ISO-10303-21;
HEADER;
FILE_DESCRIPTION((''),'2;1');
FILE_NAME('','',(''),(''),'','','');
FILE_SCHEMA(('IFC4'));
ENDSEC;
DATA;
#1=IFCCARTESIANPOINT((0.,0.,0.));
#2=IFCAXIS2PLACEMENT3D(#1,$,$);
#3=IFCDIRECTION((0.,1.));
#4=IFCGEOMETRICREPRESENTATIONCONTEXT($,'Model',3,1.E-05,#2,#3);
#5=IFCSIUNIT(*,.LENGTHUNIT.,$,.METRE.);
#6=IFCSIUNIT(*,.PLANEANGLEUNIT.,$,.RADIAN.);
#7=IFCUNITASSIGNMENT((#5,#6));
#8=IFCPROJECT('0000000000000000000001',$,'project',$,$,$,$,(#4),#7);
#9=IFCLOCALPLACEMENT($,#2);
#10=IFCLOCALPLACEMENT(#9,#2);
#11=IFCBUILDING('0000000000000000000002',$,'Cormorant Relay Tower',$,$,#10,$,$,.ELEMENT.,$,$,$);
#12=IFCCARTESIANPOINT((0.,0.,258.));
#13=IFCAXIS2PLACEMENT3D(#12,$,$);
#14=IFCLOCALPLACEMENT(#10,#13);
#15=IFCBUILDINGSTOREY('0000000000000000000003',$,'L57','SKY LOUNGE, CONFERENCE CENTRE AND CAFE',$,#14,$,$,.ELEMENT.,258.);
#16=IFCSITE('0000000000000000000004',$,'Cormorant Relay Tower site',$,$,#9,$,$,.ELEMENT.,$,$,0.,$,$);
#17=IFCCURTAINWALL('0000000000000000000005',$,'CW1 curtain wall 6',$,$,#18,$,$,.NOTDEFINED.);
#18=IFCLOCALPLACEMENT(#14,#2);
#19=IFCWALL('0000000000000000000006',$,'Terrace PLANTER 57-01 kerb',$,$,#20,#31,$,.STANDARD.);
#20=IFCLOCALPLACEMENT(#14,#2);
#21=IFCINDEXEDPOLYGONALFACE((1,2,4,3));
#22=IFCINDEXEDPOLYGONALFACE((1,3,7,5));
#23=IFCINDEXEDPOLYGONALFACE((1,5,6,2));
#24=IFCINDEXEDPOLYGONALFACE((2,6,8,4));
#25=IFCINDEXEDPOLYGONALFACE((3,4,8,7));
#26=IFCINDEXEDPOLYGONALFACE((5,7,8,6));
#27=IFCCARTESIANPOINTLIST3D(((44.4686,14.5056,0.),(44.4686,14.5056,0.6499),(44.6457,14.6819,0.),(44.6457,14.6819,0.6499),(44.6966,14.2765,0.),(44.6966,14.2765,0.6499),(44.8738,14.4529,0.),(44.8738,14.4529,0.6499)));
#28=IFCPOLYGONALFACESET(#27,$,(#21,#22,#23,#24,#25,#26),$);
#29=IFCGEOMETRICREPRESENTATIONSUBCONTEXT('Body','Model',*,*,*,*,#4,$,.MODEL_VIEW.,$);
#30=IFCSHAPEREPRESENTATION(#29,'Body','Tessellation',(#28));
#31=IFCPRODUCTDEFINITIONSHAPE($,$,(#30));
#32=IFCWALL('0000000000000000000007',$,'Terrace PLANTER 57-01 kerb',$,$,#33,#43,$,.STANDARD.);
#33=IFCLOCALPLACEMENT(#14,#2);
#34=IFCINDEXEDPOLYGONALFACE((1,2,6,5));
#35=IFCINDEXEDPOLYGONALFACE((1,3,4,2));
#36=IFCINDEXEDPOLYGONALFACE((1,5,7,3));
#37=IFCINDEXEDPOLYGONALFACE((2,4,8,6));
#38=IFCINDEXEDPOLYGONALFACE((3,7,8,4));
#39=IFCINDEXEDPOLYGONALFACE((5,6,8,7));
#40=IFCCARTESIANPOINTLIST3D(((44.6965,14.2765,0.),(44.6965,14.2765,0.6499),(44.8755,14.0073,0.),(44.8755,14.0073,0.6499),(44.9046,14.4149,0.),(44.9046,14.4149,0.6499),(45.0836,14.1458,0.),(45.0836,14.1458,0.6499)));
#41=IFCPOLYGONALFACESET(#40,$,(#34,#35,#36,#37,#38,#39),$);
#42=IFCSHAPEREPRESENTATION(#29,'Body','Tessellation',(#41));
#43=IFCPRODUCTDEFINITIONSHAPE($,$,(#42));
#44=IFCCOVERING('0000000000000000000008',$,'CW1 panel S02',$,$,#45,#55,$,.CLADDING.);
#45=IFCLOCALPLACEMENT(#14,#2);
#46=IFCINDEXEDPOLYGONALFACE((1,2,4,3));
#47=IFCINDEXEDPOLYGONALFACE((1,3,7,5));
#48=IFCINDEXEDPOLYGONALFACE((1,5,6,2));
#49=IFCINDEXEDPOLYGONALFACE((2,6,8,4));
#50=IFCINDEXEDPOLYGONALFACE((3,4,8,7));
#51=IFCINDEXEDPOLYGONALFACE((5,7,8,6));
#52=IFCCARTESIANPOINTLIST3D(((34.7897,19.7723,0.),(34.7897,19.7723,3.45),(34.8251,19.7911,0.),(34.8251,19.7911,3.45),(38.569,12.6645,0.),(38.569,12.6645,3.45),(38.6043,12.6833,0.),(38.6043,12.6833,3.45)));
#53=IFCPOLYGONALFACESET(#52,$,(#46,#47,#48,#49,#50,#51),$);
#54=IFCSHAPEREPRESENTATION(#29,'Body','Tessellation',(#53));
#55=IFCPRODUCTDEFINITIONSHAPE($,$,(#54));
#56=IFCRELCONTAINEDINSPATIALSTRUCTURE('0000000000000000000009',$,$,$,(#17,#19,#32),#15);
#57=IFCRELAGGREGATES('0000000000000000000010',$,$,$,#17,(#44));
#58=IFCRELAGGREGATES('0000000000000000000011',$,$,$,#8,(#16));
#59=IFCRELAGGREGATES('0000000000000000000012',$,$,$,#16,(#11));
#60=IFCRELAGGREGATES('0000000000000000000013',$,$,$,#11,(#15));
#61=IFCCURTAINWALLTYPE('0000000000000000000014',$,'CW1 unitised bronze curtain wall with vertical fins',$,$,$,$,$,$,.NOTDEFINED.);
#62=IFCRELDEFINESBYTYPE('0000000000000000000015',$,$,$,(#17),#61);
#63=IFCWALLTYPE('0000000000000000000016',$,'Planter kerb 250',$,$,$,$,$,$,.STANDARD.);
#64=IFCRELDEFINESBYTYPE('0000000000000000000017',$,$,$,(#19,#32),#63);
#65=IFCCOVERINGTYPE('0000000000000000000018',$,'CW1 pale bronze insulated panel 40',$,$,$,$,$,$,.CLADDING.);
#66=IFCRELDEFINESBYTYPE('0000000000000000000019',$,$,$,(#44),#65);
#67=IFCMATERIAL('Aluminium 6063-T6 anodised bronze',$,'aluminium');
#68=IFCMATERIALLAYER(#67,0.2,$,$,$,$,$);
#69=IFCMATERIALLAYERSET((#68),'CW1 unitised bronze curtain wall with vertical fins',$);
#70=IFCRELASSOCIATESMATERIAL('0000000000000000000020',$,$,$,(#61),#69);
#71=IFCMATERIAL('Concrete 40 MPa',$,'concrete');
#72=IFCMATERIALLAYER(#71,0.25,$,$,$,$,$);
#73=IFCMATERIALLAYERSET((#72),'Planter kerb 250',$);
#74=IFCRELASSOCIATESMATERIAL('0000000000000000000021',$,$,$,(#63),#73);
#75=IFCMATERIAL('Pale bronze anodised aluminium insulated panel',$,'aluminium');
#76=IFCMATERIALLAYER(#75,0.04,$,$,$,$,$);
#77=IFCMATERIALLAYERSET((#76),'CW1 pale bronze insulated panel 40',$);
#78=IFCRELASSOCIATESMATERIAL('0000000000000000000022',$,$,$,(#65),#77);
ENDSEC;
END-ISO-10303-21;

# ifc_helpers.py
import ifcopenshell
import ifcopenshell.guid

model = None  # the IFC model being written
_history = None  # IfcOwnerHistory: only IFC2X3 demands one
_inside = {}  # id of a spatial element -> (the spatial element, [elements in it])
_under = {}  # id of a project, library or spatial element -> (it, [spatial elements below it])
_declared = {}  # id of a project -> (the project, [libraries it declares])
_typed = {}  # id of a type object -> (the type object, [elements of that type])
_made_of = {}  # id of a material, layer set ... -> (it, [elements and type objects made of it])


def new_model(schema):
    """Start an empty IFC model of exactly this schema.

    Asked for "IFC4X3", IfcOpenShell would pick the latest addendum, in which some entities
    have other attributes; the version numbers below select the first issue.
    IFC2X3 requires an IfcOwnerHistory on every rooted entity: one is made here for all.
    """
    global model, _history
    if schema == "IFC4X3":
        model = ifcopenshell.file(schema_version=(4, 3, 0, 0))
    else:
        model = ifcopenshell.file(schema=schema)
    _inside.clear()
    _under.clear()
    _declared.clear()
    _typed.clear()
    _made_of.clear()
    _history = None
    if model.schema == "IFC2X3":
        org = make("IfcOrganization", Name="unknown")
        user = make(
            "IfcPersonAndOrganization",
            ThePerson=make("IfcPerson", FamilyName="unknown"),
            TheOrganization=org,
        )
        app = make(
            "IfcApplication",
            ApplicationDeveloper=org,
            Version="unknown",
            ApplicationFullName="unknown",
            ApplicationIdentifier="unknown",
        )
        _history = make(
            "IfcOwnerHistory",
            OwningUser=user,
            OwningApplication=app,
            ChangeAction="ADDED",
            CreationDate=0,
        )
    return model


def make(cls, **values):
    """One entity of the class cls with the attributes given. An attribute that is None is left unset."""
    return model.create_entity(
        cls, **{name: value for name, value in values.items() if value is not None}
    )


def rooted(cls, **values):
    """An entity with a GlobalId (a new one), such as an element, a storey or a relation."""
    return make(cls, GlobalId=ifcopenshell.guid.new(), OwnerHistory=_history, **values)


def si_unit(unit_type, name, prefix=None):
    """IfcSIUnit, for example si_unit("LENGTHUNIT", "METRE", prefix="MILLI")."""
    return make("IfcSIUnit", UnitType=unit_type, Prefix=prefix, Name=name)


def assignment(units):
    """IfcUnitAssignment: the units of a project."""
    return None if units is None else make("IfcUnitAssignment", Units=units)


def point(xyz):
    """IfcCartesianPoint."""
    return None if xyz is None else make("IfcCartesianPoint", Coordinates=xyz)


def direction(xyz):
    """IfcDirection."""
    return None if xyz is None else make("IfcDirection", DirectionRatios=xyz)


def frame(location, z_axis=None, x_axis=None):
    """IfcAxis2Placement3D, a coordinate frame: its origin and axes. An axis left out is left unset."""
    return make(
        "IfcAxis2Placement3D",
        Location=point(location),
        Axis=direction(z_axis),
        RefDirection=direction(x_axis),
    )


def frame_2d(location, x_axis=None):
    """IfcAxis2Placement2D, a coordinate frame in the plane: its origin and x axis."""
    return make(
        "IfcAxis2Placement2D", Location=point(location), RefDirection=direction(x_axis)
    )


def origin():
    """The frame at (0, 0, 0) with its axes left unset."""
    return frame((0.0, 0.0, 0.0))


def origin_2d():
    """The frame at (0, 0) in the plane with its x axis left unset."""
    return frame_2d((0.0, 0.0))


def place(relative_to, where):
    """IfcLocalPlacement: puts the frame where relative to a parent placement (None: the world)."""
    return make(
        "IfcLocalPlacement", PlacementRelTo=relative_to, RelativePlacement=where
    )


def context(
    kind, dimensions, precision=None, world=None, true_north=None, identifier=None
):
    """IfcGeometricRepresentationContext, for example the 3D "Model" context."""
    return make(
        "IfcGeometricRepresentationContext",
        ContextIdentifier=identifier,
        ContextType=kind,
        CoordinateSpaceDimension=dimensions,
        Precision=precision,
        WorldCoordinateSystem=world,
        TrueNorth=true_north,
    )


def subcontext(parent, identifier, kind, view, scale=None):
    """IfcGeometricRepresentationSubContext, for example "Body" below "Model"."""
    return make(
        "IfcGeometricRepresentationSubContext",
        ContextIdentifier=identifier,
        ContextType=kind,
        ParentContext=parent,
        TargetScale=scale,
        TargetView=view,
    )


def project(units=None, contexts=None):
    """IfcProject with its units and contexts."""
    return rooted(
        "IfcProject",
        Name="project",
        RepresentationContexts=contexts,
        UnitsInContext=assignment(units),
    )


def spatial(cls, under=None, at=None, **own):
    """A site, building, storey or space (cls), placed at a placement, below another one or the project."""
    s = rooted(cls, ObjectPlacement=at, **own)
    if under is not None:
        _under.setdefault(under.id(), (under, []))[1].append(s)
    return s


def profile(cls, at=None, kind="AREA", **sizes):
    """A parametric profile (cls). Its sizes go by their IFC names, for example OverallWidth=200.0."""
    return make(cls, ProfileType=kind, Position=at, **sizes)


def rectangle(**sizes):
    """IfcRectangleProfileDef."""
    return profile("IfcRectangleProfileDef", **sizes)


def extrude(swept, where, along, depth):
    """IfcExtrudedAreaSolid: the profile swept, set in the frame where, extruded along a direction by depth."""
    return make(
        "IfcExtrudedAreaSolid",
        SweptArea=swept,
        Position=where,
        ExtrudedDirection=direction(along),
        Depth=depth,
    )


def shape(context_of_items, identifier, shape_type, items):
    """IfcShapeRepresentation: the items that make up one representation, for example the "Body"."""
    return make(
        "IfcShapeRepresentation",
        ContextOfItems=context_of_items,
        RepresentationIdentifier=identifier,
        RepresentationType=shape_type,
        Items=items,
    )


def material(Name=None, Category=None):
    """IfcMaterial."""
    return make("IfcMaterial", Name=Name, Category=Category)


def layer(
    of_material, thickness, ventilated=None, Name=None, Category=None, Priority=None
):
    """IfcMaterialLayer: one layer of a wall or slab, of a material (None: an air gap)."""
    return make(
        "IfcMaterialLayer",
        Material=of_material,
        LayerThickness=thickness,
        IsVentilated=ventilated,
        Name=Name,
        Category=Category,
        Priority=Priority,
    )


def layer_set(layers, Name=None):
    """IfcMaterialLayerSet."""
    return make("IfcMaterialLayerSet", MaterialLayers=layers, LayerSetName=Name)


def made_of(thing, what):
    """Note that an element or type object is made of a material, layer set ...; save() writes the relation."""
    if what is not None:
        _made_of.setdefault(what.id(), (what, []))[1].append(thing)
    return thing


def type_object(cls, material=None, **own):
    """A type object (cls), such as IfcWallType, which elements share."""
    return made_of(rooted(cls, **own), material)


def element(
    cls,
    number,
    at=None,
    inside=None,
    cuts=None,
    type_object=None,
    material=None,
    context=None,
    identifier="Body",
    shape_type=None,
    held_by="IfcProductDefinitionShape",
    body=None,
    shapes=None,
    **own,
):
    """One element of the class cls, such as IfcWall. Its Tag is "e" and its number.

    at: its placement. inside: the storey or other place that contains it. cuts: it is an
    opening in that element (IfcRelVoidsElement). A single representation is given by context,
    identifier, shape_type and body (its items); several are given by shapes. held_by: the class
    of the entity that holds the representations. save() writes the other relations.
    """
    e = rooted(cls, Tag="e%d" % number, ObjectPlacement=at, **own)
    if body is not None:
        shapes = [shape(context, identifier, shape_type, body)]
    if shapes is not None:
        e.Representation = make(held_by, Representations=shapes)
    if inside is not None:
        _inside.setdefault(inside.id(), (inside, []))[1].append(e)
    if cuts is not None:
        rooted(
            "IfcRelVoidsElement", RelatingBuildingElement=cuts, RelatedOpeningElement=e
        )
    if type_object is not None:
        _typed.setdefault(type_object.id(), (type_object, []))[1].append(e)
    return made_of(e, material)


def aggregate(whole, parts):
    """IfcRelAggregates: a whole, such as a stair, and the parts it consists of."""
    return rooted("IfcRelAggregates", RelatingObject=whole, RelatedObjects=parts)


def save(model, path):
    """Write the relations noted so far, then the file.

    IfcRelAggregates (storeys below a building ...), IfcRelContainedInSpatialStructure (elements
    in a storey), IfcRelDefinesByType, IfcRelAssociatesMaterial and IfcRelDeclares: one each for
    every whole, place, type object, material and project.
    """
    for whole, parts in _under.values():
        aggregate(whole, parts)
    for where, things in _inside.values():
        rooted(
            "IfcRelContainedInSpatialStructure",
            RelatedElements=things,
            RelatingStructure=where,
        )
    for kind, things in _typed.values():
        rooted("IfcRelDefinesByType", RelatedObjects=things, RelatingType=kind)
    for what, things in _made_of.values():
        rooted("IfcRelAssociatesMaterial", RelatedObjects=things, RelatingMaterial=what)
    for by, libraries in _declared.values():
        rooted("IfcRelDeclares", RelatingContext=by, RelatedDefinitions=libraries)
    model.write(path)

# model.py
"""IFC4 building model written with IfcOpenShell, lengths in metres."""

from ifc_helpers import new_model, si_unit, direction, frame, frame_2d, origin, origin_2d, place, context, subcontext, project, spatial, rectangle, extrude, material, layer, layer_set, type_object, element, aggregate, save


model = new_model("IFC4")

# Units and contexts
model_context = context("Model", 3, precision=1e-05, world=origin(), true_north=direction((0.0, 1.0)))
body_context = subcontext(model_context, "Body", "Model", "MODEL_VIEW")
ifc_project = project(units=[si_unit("LENGTHUNIT", "METRE"), si_unit("PLANEANGLEUNIT", "RADIAN")], contexts=[model_context])

# Site, building, storey
site_placement = place(None, origin())
site = spatial("IfcSite", under=ifc_project, at=site_placement, Name="Cormorant Relay Tower site", CompositionType="ELEMENT", RefElevation=0.0)
building_placement = place(site_placement, origin())
building = spatial("IfcBuilding", under=site, at=building_placement, Name="Cormorant Relay Tower", CompositionType="ELEMENT")
storey_placement = place(building_placement, frame((0.0, 0.0, 258.0)))
storey = spatial("IfcBuildingStorey", under=building, at=storey_placement, Name="L57", Description="SKY LOUNGE, CONFERENCE CENTRE AND CAFE", CompositionType="ELEMENT", Elevation=258.0)

# Curtain wall
ifc_material_1 = material(Name="Aluminium 6063-T6 anodised bronze", Category="aluminium")
ifc_layer_1 = layer(ifc_material_1, 0.2)
ifc_layer_set_1 = layer_set([ifc_layer_1], Name="CW1 unitised bronze curtain wall with vertical fins")
curtain_wall_type = type_object("IfcCurtainWallType", Name="CW1 unitised bronze curtain wall with vertical fins", PredefinedType="NOTDEFINED", material=ifc_layer_set_1)
curtain_wall_placement = place(storey_placement, origin())
curtain_wall = element("IfcCurtainWall", 1, at=curtain_wall_placement, inside=storey, type_object=curtain_wall_type, Name="CW1 curtain wall 6", PredefinedType="NOTDEFINED")

# Walls
ifc_material_2 = material(Name="Concrete 40 MPa", Category="concrete")
ifc_layer_2 = layer(ifc_material_2, 0.25)
ifc_layer_set_2 = layer_set([ifc_layer_2], Name="Planter kerb 250")
wall_type_1 = type_object("IfcWallType", Name="Planter kerb 250", PredefinedType="STANDARD", material=ifc_layer_set_2)
for number, where, z_axis, x_axis, name in (
    (2, (44.5571, 14.5938, 0.0), (0.0, 0.0, 1.0), (0.705594, -0.708616, 0.0), "Terrace PLANTER 57-01 kerb"),
    (3, (44.8005, 14.3457, 0.0), (0.0, 0.0, 1.0), (0.553828, -0.832631, 0.0), "Terrace PLANTER 57-01 kerb"),
):
    element("IfcWall", number, at=place(storey_placement, frame(where, z_axis=z_axis, x_axis=x_axis)), inside=storey, type_object=wall_type_1, Name=name, PredefinedType="STANDARD", context=body_context, shape_type="SweptSolid", body=[
        extrude(rectangle(XDim=0.3232, YDim=0.25, at=frame_2d((0.1616, 0.0))), origin(), (0.0, 0.0, 1.0), 0.6499),
    ])

# Covering
ifc_material_3 = material(Name="Pale bronze anodised aluminium insulated panel", Category="aluminium")
ifc_layer_3 = layer(ifc_material_3, 0.04)
ifc_layer_set_3 = layer_set([ifc_layer_3], Name="CW1 pale bronze insulated panel 40")
covering_type = type_object("IfcCoveringType", Name="CW1 pale bronze insulated panel 40", PredefinedType="CLADDING", material=ifc_layer_set_3)
covering_placement = place(storey_placement, frame((36.697, 16.2278, 0.0), z_axis=(0.0, 0.0, 1.0), x_axis=(-0.469472, 0.882948, 0.0)))
covering = element("IfcCovering", 4, at=covering_placement, type_object=covering_type, Name="CW1 panel S02", PredefinedType="CLADDING", context=body_context, shape_type="SweptSolid", body=[
    extrude(rectangle(XDim=8.05, YDim=0.04, at=origin_2d()), origin(), (0.0, 0.0, 1.0), 3.45),
])
aggregate(curtain_wall, [covering])

save(model, "model.ifc")
